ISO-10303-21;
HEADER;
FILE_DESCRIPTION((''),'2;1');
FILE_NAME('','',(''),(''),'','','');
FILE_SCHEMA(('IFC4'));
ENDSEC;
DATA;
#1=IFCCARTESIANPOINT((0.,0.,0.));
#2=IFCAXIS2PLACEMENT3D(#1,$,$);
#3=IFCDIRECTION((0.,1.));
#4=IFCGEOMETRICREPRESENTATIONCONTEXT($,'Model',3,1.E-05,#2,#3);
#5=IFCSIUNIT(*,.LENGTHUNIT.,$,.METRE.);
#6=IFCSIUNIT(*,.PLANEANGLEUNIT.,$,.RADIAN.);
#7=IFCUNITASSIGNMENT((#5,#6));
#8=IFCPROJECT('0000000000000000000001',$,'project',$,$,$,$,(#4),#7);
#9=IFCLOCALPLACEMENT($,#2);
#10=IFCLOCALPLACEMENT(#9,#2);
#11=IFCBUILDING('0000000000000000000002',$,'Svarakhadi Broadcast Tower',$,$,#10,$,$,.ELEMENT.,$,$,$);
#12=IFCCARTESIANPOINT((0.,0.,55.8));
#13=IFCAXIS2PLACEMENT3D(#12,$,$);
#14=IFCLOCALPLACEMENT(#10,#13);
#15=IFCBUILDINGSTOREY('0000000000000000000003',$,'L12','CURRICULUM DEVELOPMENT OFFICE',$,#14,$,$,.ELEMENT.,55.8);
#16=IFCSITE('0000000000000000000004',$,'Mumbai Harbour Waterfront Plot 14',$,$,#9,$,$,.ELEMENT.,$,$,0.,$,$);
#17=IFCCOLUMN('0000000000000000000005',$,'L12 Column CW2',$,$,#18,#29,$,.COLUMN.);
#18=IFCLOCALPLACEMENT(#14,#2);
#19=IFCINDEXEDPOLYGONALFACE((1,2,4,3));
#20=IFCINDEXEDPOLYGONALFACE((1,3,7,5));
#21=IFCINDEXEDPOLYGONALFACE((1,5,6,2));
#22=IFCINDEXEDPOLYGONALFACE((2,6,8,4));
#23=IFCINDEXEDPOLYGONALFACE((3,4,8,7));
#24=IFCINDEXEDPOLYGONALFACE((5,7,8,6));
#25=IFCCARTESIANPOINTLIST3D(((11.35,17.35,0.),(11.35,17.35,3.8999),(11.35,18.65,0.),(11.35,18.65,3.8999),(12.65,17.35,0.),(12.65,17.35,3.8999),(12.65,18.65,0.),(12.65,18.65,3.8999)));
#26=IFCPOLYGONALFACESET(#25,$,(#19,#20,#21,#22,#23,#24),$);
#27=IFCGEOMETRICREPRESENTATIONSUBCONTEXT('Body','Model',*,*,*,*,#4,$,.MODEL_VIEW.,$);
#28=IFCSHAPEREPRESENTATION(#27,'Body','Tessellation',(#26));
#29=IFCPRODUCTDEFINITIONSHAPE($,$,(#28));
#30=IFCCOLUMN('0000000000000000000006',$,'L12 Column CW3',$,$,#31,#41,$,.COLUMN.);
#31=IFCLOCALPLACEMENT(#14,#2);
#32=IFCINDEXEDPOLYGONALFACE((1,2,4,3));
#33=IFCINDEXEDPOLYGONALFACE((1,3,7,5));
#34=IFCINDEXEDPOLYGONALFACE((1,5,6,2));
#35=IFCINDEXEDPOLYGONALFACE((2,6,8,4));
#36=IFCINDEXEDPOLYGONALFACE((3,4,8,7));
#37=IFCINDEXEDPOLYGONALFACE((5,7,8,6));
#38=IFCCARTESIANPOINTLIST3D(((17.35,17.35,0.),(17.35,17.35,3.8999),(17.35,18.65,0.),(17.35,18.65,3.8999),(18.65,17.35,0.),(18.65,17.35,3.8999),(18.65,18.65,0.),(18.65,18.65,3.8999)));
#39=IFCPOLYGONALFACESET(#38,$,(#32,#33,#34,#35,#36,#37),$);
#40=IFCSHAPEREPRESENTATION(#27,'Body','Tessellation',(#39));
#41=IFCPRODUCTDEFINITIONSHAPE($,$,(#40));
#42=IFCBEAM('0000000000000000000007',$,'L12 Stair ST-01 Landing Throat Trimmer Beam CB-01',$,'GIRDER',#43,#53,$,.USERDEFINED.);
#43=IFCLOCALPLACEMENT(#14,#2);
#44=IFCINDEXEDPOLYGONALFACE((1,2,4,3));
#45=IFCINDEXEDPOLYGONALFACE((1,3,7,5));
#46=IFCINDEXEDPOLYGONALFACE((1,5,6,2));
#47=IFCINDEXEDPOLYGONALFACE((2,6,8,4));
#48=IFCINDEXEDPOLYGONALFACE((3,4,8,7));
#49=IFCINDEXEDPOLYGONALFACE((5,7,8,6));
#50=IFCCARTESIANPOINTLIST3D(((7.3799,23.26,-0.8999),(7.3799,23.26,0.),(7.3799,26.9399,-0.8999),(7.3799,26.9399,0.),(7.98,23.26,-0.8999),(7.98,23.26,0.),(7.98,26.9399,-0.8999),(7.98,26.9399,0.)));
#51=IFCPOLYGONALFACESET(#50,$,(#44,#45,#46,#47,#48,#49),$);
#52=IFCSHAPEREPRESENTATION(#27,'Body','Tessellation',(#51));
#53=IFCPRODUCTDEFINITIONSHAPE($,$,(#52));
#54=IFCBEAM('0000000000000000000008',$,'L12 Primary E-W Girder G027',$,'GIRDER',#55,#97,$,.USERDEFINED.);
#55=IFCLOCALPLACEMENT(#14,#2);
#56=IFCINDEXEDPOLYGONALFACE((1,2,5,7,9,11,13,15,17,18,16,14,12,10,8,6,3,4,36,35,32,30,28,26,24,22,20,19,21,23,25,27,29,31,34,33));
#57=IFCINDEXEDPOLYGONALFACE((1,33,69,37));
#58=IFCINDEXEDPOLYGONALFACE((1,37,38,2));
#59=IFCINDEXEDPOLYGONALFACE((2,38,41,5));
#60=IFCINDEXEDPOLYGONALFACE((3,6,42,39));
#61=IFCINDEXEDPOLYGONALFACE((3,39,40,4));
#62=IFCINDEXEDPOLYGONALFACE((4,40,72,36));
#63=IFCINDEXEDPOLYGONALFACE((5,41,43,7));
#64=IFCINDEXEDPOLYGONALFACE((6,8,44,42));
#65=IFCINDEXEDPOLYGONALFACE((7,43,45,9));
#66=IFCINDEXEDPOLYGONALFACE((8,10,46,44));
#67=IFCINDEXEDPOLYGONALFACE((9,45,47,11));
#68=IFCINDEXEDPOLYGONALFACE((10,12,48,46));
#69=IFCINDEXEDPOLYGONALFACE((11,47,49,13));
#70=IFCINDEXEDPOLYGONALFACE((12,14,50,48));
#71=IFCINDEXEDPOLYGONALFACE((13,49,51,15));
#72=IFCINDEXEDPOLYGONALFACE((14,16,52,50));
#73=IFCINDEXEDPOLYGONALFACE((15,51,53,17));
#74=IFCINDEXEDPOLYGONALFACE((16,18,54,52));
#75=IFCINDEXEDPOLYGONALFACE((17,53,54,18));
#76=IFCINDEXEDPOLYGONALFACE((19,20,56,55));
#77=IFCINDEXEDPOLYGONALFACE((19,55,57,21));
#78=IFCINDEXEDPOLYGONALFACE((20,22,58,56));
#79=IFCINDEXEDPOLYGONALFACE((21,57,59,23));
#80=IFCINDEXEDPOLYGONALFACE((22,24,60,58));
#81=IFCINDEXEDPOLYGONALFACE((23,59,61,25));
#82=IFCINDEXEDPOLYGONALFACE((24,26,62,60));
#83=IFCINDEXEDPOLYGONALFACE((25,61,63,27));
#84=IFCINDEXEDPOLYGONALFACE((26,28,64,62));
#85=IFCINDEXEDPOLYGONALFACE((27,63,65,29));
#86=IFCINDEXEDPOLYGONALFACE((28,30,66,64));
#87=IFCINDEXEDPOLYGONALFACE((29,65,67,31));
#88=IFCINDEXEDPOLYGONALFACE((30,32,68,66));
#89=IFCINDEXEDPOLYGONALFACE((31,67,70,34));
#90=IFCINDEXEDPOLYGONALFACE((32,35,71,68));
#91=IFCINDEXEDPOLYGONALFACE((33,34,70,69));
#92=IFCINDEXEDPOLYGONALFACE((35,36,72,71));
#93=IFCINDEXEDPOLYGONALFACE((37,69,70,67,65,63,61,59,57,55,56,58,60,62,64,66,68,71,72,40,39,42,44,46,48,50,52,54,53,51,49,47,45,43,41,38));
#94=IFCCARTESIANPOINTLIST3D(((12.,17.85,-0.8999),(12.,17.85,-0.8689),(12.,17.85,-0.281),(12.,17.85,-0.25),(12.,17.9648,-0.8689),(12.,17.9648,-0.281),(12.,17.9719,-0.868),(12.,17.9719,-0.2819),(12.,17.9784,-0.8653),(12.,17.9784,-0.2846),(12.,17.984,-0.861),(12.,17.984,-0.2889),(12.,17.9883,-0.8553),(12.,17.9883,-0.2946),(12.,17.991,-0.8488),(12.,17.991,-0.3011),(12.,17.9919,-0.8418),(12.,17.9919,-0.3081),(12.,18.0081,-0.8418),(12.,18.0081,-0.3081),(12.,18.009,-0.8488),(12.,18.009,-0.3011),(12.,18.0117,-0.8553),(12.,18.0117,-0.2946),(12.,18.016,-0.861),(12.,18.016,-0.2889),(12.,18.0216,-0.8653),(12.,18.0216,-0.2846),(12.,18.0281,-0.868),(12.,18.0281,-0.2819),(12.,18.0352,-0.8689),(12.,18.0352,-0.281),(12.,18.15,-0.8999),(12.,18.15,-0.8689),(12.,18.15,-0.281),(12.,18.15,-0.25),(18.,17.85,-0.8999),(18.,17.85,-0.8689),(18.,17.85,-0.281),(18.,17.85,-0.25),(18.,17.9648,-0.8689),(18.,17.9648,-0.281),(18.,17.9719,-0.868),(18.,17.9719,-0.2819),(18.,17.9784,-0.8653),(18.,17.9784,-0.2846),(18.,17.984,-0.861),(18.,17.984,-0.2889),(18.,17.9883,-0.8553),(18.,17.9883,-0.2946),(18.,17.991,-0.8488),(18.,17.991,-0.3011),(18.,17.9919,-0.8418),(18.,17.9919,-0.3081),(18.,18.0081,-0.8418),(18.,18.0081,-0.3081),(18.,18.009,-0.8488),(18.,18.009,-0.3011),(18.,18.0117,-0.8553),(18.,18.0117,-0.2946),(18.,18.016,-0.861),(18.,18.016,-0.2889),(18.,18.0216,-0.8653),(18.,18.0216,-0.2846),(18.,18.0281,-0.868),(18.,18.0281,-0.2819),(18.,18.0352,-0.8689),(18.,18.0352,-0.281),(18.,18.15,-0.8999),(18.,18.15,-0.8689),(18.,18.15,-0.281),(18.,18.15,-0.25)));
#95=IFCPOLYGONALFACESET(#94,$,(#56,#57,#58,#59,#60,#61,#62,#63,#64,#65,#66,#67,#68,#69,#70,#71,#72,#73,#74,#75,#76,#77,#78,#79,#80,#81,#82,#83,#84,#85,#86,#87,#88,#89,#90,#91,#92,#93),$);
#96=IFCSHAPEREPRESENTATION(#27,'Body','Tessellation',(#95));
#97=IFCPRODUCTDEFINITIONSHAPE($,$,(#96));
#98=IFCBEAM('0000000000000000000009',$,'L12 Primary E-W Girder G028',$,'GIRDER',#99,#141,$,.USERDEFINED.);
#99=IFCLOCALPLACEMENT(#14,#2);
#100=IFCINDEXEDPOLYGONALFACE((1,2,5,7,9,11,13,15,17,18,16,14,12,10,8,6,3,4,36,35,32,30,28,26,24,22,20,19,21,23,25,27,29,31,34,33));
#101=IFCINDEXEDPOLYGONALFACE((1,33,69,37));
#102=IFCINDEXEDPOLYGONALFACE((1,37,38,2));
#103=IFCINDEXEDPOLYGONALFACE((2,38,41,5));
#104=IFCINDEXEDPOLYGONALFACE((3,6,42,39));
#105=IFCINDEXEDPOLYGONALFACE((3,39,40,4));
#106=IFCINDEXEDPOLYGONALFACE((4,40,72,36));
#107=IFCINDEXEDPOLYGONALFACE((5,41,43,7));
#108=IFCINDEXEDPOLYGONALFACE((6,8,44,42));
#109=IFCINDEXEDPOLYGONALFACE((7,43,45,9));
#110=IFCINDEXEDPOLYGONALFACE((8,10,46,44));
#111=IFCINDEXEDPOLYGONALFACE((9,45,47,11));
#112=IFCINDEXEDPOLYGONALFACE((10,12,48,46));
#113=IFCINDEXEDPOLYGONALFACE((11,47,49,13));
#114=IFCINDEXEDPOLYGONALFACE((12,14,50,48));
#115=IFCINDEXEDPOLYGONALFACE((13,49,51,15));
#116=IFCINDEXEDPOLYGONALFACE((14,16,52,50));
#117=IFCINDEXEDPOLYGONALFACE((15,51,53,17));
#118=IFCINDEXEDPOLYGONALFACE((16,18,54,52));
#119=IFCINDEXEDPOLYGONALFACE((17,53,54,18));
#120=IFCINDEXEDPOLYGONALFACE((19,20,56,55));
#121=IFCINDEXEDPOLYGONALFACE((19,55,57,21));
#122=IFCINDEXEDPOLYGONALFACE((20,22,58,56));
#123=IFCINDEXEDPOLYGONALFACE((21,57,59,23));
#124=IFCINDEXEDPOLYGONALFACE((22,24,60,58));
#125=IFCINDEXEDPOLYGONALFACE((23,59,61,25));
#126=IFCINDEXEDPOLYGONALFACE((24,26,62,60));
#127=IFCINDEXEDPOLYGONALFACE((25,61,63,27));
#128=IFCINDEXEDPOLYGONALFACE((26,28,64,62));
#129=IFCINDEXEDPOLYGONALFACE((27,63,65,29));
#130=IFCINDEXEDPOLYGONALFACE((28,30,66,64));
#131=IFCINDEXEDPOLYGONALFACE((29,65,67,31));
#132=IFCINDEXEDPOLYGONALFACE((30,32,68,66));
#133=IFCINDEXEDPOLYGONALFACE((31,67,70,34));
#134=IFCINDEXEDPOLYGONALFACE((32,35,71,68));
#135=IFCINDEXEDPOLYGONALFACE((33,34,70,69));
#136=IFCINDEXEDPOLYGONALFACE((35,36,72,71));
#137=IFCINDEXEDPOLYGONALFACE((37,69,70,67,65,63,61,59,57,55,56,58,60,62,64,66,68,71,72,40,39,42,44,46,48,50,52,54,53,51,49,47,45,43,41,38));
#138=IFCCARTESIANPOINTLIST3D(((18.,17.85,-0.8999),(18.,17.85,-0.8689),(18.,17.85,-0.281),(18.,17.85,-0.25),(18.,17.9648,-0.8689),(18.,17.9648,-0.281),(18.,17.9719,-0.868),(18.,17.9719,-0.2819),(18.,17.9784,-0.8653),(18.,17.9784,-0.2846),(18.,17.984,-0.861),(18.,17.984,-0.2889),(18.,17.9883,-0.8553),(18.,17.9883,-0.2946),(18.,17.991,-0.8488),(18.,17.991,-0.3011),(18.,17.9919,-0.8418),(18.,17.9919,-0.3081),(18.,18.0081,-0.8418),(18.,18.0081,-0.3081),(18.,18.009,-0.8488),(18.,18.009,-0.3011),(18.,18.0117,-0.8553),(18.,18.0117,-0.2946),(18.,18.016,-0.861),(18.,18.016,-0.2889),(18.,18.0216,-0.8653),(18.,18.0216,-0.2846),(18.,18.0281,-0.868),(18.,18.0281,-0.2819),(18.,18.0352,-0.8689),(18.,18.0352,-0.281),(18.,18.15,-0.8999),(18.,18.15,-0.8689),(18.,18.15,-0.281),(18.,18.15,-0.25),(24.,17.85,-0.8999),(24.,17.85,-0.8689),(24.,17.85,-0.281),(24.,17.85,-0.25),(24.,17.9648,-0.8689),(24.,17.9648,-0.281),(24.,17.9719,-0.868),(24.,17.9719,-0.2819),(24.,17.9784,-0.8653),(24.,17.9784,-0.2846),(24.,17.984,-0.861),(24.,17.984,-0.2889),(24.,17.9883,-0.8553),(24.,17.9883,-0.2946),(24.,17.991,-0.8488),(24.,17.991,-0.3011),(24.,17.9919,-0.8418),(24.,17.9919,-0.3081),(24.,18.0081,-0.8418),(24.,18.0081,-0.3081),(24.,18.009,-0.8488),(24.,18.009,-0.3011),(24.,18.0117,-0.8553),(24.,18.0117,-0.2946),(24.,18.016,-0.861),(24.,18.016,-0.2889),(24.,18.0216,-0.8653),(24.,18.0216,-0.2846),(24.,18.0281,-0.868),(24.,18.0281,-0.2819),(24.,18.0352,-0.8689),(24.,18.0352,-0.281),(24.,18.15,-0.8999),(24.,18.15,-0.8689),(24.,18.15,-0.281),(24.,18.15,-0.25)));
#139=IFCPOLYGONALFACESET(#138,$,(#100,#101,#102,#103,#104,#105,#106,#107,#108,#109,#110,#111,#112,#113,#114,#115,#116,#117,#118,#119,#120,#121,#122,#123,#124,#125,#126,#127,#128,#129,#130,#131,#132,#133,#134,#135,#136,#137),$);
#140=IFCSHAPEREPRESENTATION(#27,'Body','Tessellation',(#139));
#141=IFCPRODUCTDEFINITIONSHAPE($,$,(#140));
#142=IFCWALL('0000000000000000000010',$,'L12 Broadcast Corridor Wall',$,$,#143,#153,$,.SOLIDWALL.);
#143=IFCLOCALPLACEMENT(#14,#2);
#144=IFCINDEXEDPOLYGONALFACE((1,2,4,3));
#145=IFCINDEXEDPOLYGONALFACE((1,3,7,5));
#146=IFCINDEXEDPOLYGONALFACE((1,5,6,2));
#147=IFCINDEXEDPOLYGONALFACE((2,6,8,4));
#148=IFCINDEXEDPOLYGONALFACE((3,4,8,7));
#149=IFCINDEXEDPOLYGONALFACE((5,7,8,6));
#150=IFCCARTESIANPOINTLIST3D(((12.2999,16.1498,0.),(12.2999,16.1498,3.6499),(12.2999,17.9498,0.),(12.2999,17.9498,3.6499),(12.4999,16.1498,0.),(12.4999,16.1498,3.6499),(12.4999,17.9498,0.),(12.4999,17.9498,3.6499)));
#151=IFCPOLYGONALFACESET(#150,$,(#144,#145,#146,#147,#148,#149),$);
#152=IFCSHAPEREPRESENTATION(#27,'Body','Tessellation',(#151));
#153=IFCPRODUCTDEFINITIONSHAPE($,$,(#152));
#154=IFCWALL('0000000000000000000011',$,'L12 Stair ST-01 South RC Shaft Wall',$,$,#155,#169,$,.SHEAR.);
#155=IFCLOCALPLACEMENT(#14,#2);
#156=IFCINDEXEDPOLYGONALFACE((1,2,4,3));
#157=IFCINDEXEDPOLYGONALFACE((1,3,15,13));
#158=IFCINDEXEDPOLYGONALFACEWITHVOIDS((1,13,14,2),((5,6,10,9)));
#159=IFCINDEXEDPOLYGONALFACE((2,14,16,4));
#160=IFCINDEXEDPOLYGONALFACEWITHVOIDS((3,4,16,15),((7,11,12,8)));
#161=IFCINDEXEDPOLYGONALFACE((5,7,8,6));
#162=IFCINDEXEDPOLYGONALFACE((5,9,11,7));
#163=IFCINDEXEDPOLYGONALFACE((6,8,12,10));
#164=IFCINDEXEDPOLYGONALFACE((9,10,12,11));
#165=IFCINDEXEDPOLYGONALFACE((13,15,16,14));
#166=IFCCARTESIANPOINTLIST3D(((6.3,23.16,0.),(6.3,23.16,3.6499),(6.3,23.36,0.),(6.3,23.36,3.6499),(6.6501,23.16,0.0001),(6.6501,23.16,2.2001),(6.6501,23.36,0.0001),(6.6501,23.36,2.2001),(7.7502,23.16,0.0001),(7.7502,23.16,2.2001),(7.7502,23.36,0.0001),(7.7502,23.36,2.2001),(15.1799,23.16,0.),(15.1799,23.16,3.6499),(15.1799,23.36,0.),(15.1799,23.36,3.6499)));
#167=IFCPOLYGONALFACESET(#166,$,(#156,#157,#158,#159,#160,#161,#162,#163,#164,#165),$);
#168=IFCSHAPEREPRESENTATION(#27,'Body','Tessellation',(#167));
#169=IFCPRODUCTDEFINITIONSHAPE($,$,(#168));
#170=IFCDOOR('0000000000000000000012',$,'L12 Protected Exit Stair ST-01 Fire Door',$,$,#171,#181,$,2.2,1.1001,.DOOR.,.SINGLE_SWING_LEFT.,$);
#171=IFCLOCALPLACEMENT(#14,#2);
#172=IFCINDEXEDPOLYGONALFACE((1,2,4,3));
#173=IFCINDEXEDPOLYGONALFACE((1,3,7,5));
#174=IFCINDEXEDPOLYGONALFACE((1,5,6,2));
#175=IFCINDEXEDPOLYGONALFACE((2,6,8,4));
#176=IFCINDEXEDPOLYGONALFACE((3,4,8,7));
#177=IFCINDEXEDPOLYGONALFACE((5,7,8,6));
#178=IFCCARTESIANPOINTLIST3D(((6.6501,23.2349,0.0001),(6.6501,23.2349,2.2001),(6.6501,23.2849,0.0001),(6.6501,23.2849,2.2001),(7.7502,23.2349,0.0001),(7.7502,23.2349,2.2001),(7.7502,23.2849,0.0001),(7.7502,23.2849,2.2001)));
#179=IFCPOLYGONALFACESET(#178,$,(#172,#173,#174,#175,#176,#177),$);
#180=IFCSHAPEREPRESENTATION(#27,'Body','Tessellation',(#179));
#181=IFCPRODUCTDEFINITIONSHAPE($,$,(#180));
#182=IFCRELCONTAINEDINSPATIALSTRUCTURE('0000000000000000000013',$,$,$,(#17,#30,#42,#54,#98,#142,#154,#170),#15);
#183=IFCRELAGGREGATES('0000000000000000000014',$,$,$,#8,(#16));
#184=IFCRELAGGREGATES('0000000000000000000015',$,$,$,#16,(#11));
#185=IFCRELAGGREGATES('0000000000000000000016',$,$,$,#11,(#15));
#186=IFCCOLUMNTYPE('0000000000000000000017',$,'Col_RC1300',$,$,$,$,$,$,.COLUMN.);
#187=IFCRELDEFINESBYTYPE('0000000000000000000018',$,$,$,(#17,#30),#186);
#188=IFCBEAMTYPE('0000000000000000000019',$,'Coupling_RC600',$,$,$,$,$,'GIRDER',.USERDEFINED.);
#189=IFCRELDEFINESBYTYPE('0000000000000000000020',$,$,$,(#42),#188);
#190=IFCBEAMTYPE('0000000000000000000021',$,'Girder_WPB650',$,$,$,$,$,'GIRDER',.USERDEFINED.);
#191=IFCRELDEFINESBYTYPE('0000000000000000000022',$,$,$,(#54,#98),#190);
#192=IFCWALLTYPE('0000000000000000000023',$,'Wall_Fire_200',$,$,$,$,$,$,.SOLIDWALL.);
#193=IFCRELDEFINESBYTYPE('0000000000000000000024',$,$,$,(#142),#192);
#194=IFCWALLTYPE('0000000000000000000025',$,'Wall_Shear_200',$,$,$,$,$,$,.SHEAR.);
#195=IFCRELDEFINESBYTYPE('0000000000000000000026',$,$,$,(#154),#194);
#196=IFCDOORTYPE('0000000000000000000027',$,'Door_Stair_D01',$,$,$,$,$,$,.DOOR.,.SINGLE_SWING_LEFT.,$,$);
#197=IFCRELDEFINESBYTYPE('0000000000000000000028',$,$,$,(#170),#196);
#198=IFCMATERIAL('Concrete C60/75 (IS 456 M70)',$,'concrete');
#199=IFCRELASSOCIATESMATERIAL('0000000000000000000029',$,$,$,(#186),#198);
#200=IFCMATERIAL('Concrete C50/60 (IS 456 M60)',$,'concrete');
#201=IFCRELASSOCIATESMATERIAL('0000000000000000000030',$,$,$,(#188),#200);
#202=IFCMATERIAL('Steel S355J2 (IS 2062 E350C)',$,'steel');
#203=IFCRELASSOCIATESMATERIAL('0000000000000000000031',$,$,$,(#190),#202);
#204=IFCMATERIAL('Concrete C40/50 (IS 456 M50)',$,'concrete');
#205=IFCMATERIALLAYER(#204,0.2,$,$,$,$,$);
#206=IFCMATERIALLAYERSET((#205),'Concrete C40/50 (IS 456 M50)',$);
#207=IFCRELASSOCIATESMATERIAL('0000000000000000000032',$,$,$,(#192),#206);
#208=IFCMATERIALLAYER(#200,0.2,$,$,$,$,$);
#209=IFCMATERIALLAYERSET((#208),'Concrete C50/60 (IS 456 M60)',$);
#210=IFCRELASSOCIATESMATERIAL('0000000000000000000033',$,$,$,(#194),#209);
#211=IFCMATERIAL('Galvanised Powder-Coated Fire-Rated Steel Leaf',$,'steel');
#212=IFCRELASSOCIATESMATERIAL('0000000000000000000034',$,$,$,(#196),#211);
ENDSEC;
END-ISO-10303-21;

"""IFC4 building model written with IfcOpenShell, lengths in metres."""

from ifc_helpers import new_model, si_unit, direction, frame, frame_2d, origin, origin_2d, place, context, subcontext, project, spatial, rectangle, i_section, extrude, material, layer, layer_set, material_profile, profile_set, type_object, element, fill, save


model = new_model("IFC4")

# Units and contexts
model_context = context("Model", 3, precision=1e-05, world=origin(), true_north=direction((0.0, 1.0)))
body_context = subcontext(model_context, "Body", "Model", "MODEL_VIEW")
ifc_project = project(units=[si_unit("LENGTHUNIT", "METRE"), si_unit("PLANEANGLEUNIT", "RADIAN")], contexts=[model_context])

# Site, building, storey
site_placement = place(None, origin())
site = spatial("IfcSite", under=ifc_project, at=site_placement, Name="Mumbai Harbour Waterfront Plot 14", CompositionType="ELEMENT", RefElevation=0.0)
building_placement = place(site_placement, origin())
building = spatial("IfcBuilding", under=site, at=building_placement, Name="Svarakhadi Broadcast Tower", CompositionType="ELEMENT")
storey_placement = place(building_placement, frame((0.0, 0.0, 55.8)))
storey = spatial("IfcBuildingStorey", under=building, at=storey_placement, Name="L12", Description="CURRICULUM DEVELOPMENT OFFICE", CompositionType="ELEMENT", Elevation=55.8)

# Columns
ifc_material_1 = material(Name="Concrete C60/75 (IS 456 M70)", Category="concrete")
ifc_material_profile_1 = material_profile(ifc_material_1, rectangle(XDim=1.3, YDim=1.3, at=origin_2d()), Name="RC 1300x1300")
ifc_profile_set_1 = profile_set([ifc_material_profile_1], Name="Concrete C60/75 (IS 456 M70)")
column_type = type_object("IfcColumnType", Name="Col_RC1300", PredefinedType="COLUMN", material=ifc_profile_set_1)
for number, where, z_axis, x_axis, name in (
    (1, (12.0, 18.0, 0.0), (0.0, 0.0, 1.0), (1.0, 0.0, 0.0), "L12 Column CW2"),
    (2, (18.0, 18.0, 0.0), (0.0, 0.0, 1.0), (1.0, 0.0, 0.0), "L12 Column CW3"),
):
    element("IfcColumn", number, at=place(storey_placement, frame(where, z_axis=z_axis, x_axis=x_axis)), inside=storey, type_object=column_type, Name=name, PredefinedType="COLUMN", context=body_context, shape_type="SweptSolid", body=[
        extrude(rectangle(XDim=1.3, YDim=1.3, at=origin_2d()), origin(), (0.0, 0.0, 1.0), 3.8999),
    ])

# Beams
ifc_material_2 = material(Name="Concrete C50/60 (IS 456 M60)", Category="concrete")
ifc_material_profile_2 = material_profile(ifc_material_2, rectangle(XDim=0.6001, YDim=0.8999, at=origin_2d()), Name="RC 600x900")
ifc_profile_set_2 = profile_set([ifc_material_profile_2], Name="Concrete C50/60 (IS 456 M60)")
beam_type_1 = type_object("IfcBeamType", Name="Coupling_RC600", ElementType="GIRDER", PredefinedType="USERDEFINED", material=ifc_profile_set_2)
beam_placement = place(storey_placement, frame((7.6799, 23.26, -0.45), z_axis=(0.0, 1.0, 0.0), x_axis=(-1.0, 0.0, 0.0)))
element("IfcBeam", 3, at=beam_placement, inside=storey, type_object=beam_type_1, Name="L12 Stair ST-01 Landing Throat Trimmer Beam CB-01", ObjectType="GIRDER", PredefinedType="USERDEFINED", context=body_context, shape_type="SweptSolid", body=[
    extrude(rectangle(XDim=0.6001, YDim=0.8999, at=origin_2d()), origin(), (0.0, 0.0, 1.0), 3.6799),
])
ifc_material_3 = material(Name="Steel S355J2 (IS 2062 E350C)", Category="steel")
ifc_material_profile_3 = material_profile(ifc_material_3, i_section(OverallWidth=0.3, OverallDepth=0.6499, WebThickness=0.0161, FlangeThickness=0.031, FilletRadius=0.0271, at=origin_2d()), Name="WPB 650x300x225")
ifc_profile_set_3 = profile_set([ifc_material_profile_3], Name="Steel S355J2 (IS 2062 E350C)")
beam_type_2 = type_object("IfcBeamType", Name="Girder_WPB650", ElementType="GIRDER", PredefinedType="USERDEFINED", material=ifc_profile_set_3)
for number, where, z_axis, x_axis, name in (
    (4, (12.0, 18.0, -0.575), (1.0, 0.0, 0.0), (0.0, 1.0, 0.0), "L12 Primary E-W Girder G027"),
    (5, (18.0, 18.0, -0.575), (1.0, 0.0, 0.0), (0.0, 1.0, 0.0), "L12 Primary E-W Girder G028"),
):
    element("IfcBeam", number, at=place(storey_placement, frame(where, z_axis=z_axis, x_axis=x_axis)), inside=storey, type_object=beam_type_2, Name=name, ObjectType="GIRDER", PredefinedType="USERDEFINED", context=body_context, shape_type="SweptSolid", body=[
        extrude(i_section(OverallWidth=0.3, OverallDepth=0.6499, WebThickness=0.0161, FlangeThickness=0.031, FilletRadius=0.0271, at=origin_2d()), origin(), (0.0, 0.0, 1.0), 6.0),
    ])

# Wall
ifc_material_4 = material(Name="Concrete C40/50 (IS 456 M50)", Category="concrete")
ifc_layer_1 = layer(ifc_material_4, 0.2)
ifc_layer_set_1 = layer_set([ifc_layer_1], Name="Concrete C40/50 (IS 456 M50)")
wall_type_1 = type_object("IfcWallType", Name="Wall_Fire_200", PredefinedType="SOLIDWALL", material=ifc_layer_set_1)
wall_1_placement = place(storey_placement, frame((12.3999, 16.1499, 0.0), z_axis=(0.0, 0.0, 1.0), x_axis=(0.0, 1.0, 0.0)))
element("IfcWall", 6, at=wall_1_placement, inside=storey, type_object=wall_type_1, Name="L12 Broadcast Corridor Wall", PredefinedType="SOLIDWALL", context=body_context, shape_type="SweptSolid", body=[
    extrude(rectangle(XDim=1.8, YDim=0.2, at=frame_2d((0.8999, 0.0))), origin(), (0.0, 0.0, 1.0), 3.6499),
])

# Wall, opening, door
ifc_layer_2 = layer(ifc_material_2, 0.2)
ifc_layer_set_2 = layer_set([ifc_layer_2], Name="Concrete C50/60 (IS 456 M60)")
wall_type_2 = type_object("IfcWallType", Name="Wall_Shear_200", PredefinedType="SHEAR", material=ifc_layer_set_2)
wall_2_placement = place(storey_placement, frame((6.3, 23.26, 0.0), z_axis=(0.0, 0.0, 1.0), x_axis=(1.0, 0.0, 0.0)))
wall_2 = element("IfcWall", 7, at=wall_2_placement, inside=storey, type_object=wall_type_2, Name="L12 Stair ST-01 South RC Shaft Wall", PredefinedType="SHEAR", context=body_context, shape_type="SweptSolid", body=[
    extrude(rectangle(XDim=8.8799, YDim=0.2, at=frame_2d((4.4399, 0.0))), origin(), (0.0, 0.0, 1.0), 3.6499),
])
opening_1_placement = place(wall_2_placement, frame((0.3501, 0.0, 0.0)))
opening_1 = element("IfcOpeningElement", 8, at=opening_1_placement, cuts=wall_2, PredefinedType="OPENING", context=body_context, shape_type="SweptSolid", body=[
    extrude(rectangle(XDim=1.1001, YDim=2.2, at=frame_2d((0.55, 1.1001))), frame((0.0, 0.1099, 0.0), z_axis=(0.0, -1.0, 0.0), x_axis=(1.0, 0.0, 0.0)), (0.0, 0.0, 1.0), 0.22),
])
ifc_material_5 = material(Name="Galvanised Powder-Coated Fire-Rated Steel Leaf", Category="steel")
door_type_1 = type_object("IfcDoorType", Name="Door_Stair_D01", OperationType="SINGLE_SWING_LEFT", PredefinedType="DOOR", material=ifc_material_5)
door_1_placement = place(opening_1_placement, origin())
door_1 = element("IfcDoor", 9, at=door_1_placement, inside=storey, type_object=door_type_1, Name="L12 Protected Exit Stair ST-01 Fire Door", OperationType="SINGLE_SWING_LEFT", OverallHeight=2.2, OverallWidth=1.1001, PredefinedType="DOOR", context=body_context, shape_type="SweptSolid", body=[
    extrude(rectangle(XDim=1.1001, YDim=2.2, at=frame_2d((0.55, 1.1001))), frame((0.0, 0.0249, 0.0), z_axis=(0.0, -1.0, 0.0), x_axis=(1.0, 0.0, 0.0)), (0.0, 0.0, 1.0), 0.05),
])
fill(opening_1, door_1)

save(model, "model.ifc")
